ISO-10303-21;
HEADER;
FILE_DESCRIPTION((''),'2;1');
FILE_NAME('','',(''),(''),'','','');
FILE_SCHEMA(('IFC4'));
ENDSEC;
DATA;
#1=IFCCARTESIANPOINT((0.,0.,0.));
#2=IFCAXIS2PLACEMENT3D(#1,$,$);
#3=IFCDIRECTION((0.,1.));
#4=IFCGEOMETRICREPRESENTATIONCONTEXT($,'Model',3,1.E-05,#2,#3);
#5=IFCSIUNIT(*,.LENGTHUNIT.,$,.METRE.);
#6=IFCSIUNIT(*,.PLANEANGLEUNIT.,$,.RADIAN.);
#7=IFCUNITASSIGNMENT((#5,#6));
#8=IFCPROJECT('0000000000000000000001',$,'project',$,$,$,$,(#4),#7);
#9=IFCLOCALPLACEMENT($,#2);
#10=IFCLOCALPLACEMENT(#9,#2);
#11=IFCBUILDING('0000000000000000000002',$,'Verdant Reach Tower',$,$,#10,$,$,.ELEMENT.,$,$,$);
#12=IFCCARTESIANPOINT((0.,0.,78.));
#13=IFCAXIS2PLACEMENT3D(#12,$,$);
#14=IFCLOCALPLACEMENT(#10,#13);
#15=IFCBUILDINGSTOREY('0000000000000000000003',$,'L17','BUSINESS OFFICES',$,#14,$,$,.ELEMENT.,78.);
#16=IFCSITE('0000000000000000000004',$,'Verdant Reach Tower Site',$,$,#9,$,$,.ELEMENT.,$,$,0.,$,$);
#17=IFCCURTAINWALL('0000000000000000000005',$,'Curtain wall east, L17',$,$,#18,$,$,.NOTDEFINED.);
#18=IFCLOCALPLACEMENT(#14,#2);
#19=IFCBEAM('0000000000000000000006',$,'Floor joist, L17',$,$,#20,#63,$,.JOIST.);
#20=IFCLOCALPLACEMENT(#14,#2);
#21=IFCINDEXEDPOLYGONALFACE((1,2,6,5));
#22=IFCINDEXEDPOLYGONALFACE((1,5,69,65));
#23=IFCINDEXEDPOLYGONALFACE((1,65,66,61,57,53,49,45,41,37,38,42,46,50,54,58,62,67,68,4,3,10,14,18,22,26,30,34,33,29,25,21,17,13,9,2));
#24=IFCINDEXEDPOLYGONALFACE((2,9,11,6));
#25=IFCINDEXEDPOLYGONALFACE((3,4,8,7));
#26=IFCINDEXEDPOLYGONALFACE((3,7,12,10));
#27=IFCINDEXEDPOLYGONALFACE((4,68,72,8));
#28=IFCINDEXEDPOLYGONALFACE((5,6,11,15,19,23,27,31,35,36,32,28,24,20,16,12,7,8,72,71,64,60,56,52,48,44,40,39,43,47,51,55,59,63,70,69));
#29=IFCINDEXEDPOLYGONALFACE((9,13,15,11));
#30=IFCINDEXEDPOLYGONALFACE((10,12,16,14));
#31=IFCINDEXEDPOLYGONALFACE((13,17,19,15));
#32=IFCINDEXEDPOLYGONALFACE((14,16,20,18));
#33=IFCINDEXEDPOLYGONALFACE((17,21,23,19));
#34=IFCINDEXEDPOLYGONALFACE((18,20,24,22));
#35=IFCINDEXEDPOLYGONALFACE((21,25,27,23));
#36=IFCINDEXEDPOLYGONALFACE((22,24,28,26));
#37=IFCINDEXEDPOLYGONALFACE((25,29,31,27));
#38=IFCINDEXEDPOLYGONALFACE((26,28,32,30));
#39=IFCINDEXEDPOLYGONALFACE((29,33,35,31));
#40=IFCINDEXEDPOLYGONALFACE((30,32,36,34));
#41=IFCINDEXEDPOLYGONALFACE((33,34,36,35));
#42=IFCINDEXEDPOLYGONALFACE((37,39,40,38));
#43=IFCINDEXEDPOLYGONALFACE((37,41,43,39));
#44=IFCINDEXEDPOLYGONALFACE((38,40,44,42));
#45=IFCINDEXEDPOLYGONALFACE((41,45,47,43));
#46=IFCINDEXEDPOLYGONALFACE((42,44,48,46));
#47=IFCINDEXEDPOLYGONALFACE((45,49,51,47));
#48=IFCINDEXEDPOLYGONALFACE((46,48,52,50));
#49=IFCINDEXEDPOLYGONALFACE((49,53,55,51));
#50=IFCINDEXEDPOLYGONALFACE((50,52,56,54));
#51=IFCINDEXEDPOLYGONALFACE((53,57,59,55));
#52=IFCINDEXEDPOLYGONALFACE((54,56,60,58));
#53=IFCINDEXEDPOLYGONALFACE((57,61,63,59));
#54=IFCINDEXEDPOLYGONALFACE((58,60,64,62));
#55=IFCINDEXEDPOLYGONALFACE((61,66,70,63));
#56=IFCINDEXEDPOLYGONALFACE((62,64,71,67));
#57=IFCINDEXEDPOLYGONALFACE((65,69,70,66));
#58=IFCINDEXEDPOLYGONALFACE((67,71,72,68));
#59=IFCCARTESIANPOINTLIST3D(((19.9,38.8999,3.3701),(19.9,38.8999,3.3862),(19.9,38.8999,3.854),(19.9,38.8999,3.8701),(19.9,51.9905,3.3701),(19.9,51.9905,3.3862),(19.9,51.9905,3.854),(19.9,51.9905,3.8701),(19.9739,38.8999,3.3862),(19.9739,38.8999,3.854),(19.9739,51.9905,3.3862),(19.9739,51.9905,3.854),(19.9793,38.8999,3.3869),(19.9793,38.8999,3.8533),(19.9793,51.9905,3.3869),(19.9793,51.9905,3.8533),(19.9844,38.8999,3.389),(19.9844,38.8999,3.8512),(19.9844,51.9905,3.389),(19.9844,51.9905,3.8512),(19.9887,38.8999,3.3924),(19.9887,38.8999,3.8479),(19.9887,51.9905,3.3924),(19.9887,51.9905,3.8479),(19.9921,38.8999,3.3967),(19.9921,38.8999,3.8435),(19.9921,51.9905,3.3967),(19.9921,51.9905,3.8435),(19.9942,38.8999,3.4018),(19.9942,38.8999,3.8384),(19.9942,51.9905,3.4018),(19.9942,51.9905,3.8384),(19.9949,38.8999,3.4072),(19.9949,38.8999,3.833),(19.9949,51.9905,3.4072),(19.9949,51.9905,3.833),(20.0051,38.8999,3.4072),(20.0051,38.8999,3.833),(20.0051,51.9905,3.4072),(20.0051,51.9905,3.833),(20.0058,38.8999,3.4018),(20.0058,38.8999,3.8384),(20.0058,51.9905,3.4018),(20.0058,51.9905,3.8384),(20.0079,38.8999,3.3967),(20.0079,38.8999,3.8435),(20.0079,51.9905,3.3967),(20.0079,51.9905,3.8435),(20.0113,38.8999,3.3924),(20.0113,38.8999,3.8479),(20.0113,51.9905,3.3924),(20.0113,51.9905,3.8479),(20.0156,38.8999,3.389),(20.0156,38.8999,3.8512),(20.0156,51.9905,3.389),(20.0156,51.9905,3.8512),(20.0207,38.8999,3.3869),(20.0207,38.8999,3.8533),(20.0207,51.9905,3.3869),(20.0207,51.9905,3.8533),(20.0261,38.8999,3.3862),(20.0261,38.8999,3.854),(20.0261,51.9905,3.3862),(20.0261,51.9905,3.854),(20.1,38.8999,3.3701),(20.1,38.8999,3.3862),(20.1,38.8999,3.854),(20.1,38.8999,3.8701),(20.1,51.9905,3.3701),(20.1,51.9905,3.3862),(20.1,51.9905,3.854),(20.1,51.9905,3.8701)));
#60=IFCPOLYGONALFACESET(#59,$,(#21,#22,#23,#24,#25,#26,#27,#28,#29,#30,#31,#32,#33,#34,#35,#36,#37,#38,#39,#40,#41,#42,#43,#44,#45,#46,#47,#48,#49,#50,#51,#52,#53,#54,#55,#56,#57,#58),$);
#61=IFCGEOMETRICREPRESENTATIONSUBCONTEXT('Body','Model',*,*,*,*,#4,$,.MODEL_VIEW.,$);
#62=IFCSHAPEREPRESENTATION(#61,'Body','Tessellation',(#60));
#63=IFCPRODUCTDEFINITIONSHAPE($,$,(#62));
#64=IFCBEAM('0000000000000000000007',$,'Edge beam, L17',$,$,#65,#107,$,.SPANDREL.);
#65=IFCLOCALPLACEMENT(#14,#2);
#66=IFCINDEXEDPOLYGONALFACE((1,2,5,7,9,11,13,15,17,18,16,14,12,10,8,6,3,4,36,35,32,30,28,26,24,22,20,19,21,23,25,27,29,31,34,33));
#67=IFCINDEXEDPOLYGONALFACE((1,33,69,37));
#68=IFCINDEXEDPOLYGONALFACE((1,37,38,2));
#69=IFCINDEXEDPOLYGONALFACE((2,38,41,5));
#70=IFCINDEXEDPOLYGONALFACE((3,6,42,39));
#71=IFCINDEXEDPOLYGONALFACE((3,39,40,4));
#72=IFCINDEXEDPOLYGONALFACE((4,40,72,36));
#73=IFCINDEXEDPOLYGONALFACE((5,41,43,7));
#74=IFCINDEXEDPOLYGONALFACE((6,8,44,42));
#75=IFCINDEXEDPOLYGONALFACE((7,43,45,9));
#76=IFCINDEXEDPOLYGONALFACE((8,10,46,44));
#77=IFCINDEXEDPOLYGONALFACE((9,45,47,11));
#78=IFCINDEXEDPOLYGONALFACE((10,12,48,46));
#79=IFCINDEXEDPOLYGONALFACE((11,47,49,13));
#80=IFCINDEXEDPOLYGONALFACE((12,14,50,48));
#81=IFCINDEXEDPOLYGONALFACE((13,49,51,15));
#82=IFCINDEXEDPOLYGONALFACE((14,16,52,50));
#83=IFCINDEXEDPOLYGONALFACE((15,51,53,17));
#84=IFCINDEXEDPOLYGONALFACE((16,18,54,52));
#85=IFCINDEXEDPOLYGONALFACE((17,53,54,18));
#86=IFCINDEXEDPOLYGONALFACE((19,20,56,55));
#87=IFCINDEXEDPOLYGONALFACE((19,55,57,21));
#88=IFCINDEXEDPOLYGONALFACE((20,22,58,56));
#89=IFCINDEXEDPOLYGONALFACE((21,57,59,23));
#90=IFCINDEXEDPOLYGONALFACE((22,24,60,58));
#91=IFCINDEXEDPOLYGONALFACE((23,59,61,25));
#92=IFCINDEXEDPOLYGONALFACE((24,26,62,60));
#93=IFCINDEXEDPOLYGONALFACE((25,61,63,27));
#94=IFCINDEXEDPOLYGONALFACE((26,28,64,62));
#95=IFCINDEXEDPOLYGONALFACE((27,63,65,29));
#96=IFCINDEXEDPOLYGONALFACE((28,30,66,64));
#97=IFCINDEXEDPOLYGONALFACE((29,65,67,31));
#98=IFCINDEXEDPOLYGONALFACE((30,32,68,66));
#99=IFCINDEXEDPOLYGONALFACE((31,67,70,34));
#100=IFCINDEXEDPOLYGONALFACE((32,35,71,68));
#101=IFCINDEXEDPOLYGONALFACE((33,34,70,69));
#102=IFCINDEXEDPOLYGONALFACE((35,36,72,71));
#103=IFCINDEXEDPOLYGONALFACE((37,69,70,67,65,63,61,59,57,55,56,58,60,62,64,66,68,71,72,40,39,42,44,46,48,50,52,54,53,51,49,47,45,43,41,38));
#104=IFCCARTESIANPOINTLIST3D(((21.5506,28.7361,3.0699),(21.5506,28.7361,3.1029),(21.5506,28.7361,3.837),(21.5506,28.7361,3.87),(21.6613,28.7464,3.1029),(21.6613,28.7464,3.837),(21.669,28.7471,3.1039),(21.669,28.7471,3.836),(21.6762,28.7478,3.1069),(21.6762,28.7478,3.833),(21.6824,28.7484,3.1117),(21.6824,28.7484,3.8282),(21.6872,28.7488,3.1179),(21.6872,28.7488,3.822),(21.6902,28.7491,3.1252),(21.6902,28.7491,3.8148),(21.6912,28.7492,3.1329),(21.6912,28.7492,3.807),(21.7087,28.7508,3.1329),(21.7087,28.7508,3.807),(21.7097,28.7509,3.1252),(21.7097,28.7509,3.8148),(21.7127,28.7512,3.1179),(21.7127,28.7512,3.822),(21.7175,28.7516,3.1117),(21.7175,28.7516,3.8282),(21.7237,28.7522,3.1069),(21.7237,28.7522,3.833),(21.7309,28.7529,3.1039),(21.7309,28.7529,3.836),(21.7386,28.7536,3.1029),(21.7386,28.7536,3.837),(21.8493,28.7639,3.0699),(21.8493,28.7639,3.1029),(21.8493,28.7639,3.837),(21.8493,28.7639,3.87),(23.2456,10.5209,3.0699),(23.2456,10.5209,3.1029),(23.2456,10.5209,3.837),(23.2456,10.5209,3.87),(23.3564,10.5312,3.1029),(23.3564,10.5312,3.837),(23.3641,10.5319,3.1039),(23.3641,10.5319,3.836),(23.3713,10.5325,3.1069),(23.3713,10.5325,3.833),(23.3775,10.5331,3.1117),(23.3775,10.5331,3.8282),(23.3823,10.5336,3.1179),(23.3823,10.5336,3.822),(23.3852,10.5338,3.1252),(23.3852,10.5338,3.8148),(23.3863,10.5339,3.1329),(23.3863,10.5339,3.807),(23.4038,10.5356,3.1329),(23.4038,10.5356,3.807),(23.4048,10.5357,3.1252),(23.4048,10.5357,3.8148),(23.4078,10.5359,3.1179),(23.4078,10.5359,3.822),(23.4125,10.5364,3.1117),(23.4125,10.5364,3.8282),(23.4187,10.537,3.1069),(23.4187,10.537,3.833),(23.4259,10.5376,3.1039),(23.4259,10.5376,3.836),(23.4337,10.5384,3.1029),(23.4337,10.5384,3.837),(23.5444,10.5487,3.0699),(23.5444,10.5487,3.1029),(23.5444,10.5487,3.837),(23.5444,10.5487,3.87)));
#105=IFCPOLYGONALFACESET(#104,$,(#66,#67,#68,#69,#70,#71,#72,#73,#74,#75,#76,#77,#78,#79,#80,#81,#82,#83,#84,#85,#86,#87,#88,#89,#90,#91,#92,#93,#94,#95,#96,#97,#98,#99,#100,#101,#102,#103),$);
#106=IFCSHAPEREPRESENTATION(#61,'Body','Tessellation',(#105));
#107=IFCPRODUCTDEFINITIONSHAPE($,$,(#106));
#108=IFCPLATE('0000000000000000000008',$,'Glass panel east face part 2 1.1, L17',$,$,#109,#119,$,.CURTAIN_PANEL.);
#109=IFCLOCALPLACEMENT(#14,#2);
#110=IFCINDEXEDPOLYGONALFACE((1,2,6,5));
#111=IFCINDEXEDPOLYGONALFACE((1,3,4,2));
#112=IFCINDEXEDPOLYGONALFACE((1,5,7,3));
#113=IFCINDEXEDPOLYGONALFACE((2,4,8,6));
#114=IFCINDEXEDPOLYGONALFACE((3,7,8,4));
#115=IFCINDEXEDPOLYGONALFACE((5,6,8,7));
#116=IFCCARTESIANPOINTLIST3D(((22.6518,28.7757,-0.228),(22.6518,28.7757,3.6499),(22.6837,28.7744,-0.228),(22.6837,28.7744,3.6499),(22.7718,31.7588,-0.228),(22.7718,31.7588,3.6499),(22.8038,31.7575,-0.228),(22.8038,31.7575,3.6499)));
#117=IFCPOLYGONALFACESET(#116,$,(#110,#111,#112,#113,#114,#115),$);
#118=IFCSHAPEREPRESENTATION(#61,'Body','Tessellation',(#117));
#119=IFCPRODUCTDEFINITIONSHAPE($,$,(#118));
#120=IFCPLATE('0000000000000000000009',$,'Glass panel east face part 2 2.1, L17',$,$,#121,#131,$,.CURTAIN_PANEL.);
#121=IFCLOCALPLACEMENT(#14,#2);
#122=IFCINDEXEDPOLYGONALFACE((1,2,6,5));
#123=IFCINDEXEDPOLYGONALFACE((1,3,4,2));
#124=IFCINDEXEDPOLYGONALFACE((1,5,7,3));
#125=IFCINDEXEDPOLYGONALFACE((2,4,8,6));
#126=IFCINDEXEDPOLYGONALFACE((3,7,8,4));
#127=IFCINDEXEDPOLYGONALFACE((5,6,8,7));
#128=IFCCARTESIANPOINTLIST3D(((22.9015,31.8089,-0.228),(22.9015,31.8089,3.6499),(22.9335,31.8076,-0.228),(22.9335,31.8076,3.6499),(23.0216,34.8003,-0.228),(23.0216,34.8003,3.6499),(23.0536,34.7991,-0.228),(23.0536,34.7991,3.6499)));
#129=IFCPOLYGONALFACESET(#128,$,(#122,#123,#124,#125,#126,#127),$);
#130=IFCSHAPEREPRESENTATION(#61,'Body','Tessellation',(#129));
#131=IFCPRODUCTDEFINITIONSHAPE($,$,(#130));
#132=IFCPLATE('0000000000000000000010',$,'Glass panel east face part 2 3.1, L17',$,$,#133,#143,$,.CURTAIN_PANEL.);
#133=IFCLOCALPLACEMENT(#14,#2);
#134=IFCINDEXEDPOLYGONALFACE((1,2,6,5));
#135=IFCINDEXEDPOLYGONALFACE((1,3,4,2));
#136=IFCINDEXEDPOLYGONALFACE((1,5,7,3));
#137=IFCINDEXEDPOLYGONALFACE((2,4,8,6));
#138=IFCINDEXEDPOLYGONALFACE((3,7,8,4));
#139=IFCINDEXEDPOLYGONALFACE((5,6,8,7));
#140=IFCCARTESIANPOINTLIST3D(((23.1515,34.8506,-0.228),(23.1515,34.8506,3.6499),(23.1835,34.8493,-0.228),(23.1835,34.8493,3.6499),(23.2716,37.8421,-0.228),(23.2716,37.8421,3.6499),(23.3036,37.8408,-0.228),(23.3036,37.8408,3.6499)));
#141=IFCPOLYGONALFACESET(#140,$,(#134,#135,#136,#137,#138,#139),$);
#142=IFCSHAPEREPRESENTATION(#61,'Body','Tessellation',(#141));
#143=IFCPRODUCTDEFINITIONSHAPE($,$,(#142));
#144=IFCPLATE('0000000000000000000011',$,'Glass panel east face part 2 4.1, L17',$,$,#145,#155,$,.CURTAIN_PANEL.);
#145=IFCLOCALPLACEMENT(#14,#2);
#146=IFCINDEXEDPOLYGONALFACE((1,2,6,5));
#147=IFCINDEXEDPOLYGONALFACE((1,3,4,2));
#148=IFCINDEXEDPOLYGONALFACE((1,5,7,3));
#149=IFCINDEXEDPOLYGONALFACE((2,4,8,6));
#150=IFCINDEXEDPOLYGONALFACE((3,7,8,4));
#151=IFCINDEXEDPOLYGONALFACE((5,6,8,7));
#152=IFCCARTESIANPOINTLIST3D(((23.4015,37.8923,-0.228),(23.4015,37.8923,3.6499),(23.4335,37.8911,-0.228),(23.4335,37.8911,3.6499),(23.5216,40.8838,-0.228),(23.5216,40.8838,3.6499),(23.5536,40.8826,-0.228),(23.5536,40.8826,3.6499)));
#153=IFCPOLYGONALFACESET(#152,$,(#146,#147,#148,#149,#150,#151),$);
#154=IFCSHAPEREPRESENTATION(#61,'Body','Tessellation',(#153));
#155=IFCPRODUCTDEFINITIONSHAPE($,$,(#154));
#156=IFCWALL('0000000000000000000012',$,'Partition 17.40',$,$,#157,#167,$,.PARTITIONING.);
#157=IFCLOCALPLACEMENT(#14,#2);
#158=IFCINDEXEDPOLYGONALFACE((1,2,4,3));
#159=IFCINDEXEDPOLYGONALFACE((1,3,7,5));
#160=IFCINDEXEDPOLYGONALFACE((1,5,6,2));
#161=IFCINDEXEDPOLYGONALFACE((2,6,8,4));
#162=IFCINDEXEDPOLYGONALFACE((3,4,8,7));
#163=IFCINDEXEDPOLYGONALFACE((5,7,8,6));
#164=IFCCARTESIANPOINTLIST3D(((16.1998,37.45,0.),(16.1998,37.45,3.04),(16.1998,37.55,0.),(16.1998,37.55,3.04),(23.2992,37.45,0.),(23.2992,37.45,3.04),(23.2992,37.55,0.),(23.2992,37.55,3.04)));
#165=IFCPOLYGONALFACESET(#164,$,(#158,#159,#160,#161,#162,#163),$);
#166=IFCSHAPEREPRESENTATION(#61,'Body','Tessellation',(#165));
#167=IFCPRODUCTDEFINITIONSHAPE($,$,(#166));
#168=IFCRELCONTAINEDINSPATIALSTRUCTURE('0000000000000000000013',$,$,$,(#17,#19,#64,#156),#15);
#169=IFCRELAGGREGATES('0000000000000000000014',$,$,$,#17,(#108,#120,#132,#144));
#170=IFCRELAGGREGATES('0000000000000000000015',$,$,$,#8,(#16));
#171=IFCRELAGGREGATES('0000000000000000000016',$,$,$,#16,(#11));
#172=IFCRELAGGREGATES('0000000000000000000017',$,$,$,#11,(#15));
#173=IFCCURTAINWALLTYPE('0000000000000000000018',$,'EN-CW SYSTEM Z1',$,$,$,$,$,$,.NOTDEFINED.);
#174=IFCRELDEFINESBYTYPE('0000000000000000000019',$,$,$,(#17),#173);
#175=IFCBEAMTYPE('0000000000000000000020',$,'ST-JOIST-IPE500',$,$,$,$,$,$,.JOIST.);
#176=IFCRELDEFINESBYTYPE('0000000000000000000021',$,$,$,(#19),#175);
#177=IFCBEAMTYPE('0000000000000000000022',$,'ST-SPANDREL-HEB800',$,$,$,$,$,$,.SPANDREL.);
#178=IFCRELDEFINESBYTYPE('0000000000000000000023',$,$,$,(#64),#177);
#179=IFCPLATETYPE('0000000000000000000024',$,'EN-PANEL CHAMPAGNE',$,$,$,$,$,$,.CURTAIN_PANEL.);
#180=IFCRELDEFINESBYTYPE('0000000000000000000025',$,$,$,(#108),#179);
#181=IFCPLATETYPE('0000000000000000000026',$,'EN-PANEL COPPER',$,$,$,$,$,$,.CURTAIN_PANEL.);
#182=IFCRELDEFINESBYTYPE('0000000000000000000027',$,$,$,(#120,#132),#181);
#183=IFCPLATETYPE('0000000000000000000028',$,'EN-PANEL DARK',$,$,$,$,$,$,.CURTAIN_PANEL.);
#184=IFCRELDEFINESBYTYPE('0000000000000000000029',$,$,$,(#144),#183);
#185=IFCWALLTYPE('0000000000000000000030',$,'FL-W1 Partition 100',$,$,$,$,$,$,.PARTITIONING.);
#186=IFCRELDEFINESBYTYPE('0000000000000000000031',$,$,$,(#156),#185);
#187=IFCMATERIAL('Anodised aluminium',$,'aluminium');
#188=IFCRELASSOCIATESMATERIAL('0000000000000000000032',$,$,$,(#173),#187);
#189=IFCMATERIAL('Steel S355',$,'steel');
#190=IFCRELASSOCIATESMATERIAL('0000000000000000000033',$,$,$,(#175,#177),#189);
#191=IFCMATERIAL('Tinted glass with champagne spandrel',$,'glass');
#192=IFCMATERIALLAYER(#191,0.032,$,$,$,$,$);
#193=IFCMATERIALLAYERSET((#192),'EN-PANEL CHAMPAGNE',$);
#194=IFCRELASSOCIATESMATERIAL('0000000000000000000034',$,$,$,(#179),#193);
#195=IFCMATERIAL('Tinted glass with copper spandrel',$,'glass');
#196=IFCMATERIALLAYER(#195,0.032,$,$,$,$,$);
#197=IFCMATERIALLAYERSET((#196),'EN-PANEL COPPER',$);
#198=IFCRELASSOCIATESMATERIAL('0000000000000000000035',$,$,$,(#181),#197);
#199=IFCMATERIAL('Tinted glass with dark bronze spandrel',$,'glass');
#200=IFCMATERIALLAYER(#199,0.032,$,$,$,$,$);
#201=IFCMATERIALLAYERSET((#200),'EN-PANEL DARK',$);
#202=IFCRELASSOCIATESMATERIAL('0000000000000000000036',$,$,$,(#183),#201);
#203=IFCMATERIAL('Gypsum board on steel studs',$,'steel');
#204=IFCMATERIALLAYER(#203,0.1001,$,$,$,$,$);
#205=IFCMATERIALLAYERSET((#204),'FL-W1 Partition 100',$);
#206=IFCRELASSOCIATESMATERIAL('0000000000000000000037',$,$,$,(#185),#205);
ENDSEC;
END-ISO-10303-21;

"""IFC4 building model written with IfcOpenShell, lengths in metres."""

from ifc_helpers import new_model, si_unit, direction, frame, frame_2d, origin, origin_2d, place, context, subcontext, project, spatial, rectangle, i_section, extrude, material, layer, layer_set, material_profile, profile_set, type_object, element, aggregate, save


model = new_model("IFC4")

# Units and contexts
model_context = context("Model", 3, precision=1e-05, world=origin(), true_north=direction((0.0, 1.0)))
body_context = subcontext(model_context, "Body", "Model", "MODEL_VIEW")
ifc_project = project(units=[si_unit("LENGTHUNIT", "METRE"), si_unit("PLANEANGLEUNIT", "RADIAN")], contexts=[model_context])

# Site, building, storey
site_placement = place(None, origin())
site = spatial("IfcSite", under=ifc_project, at=site_placement, Name="Verdant Reach Tower Site", CompositionType="ELEMENT", RefElevation=0.0)
building_placement = place(site_placement, origin())
building = spatial("IfcBuilding", under=site, at=building_placement, Name="Verdant Reach Tower", CompositionType="ELEMENT")
storey_placement = place(building_placement, frame((0.0, 0.0, 78.0)))
storey = spatial("IfcBuildingStorey", under=building, at=storey_placement, Name="L17", Description="BUSINESS OFFICES", CompositionType="ELEMENT", Elevation=78.0)

# Curtain wall
ifc_material_1 = material(Name="Anodised aluminium", Category="aluminium")
curtain_wall_type = type_object("IfcCurtainWallType", Name="EN-CW SYSTEM Z1", PredefinedType="NOTDEFINED", material=ifc_material_1)
curtain_wall_placement = place(storey_placement, origin())
curtain_wall = element("IfcCurtainWall", 1, at=curtain_wall_placement, inside=storey, type_object=curtain_wall_type, Name="Curtain wall east, L17", PredefinedType="NOTDEFINED")

# Beams
ifc_material_2 = material(Name="Steel S355", Category="steel")
ifc_material_profile_1 = material_profile(ifc_material_2, i_section(OverallWidth=0.2, OverallDepth=0.5, WebThickness=0.0103, FlangeThickness=0.0161, FilletRadius=0.021, at=origin_2d()), Name="IPE 500")
ifc_profile_set_1 = profile_set([ifc_material_profile_1], Name="Steel S355")
beam_type_1 = type_object("IfcBeamType", Name="ST-JOIST-IPE500", PredefinedType="JOIST", material=ifc_profile_set_1)
beam_1_placement = place(storey_placement, frame((20.0, 38.8999, 3.6201), z_axis=(0.0, 1.0, 0.0), x_axis=(-1.0, 0.0, 0.0)))
element("IfcBeam", 2, at=beam_1_placement, inside=storey, type_object=beam_type_1, Name="Floor joist, L17", PredefinedType="JOIST", context=body_context, shape_type="SweptSolid", body=[
    extrude(i_section(OverallWidth=0.2, OverallDepth=0.5, WebThickness=0.0103, FlangeThickness=0.0161, FilletRadius=0.021, at=origin_2d()), origin(), (0.0, 0.0, 1.0), 13.0906),
])
ifc_material_profile_2 = material_profile(ifc_material_2, i_section(OverallWidth=0.3, OverallDepth=0.8, WebThickness=0.0176, FlangeThickness=0.033, FilletRadius=0.03, at=origin_2d()), Name="HEB 800")
ifc_profile_set_2 = profile_set([ifc_material_profile_2], Name="Steel S355")
beam_type_2 = type_object("IfcBeamType", Name="ST-SPANDREL-HEB800", PredefinedType="SPANDREL", material=ifc_profile_set_2)
beam_2_placement = place(storey_placement, frame((21.7, 28.75, 3.47), z_axis=(0.092657, -0.995698, 0.0), x_axis=(0.995698, 0.092657, 0.0)))
element("IfcBeam", 3, at=beam_2_placement, inside=storey, type_object=beam_type_2, Name="Edge beam, L17", PredefinedType="SPANDREL", context=body_context, shape_type="SweptSolid", body=[
    extrude(i_section(OverallWidth=0.3, OverallDepth=0.8, WebThickness=0.0176, FlangeThickness=0.033, FilletRadius=0.03, at=origin_2d()), origin(), (0.0, 0.0, 1.0), 18.2939),
])

# Plates
ifc_material_3 = material(Name="Tinted glass with champagne spandrel", Category="glass")
ifc_layer_1 = layer(ifc_material_3, 0.032)
ifc_layer_set_1 = layer_set([ifc_layer_1], Name="EN-PANEL CHAMPAGNE")
plate_type_1 = type_object("IfcPlateType", Name="EN-PANEL CHAMPAGNE", PredefinedType="CURTAIN_PANEL", material=ifc_layer_set_1)
plate_1_placement = place(storey_placement, frame((22.7278, 30.2666, -0.228), z_axis=(0.0, 0.0, 1.0), x_axis=(0.040222, 0.999191, 0.0)))
plate_1 = element("IfcPlate", 4, at=plate_1_placement, type_object=plate_type_1, Name="Glass panel east face part 2 1.1, L17", PredefinedType="CURTAIN_PANEL", context=body_context, shape_type="SweptSolid", body=[
    extrude(rectangle(XDim=2.9856, YDim=0.032, at=origin_2d()), origin(), (0.0, 0.0, 1.0), 3.8779),
])
ifc_material_4 = material(Name="Tinted glass with copper spandrel", Category="glass")
ifc_layer_2 = layer(ifc_material_4, 0.032)
ifc_layer_set_2 = layer_set([ifc_layer_2], Name="EN-PANEL COPPER")
plate_type_2 = type_object("IfcPlateType", Name="EN-PANEL COPPER", PredefinedType="CURTAIN_PANEL", material=ifc_layer_set_2)
plate_2_placement = place(storey_placement, frame((22.9775, 33.304, -0.228), z_axis=(0.0, 0.0, 1.0), x_axis=(0.040109, 0.999195, 0.0)))
plate_2 = element("IfcPlate", 5, at=plate_2_placement, type_object=plate_type_2, Name="Glass panel east face part 2 2.1, L17", PredefinedType="CURTAIN_PANEL", context=body_context, shape_type="SweptSolid", body=[
    extrude(rectangle(XDim=2.9939, YDim=0.032, at=origin_2d()), origin(), (0.0, 0.0, 1.0), 3.8779),
])
plate_3_placement = place(storey_placement, frame((23.2275, 36.3457, -0.228), z_axis=(0.0, 0.0, 1.0), x_axis=(0.040109, 0.999195, 0.0)))
plate_3 = element("IfcPlate", 6, at=plate_3_placement, type_object=plate_type_2, Name="Glass panel east face part 2 3.1, L17", PredefinedType="CURTAIN_PANEL", context=body_context, shape_type="SweptSolid", body=[
    extrude(rectangle(XDim=2.9939, YDim=0.032, at=origin_2d()), origin(), (0.0, 0.0, 1.0), 3.8779),
])
ifc_material_5 = material(Name="Tinted glass with dark bronze spandrel", Category="glass")
ifc_layer_3 = layer(ifc_material_5, 0.032)
ifc_layer_set_3 = layer_set([ifc_layer_3], Name="EN-PANEL DARK")
plate_type_3 = type_object("IfcPlateType", Name="EN-PANEL DARK", PredefinedType="CURTAIN_PANEL", material=ifc_layer_set_3)
plate_4_placement = place(storey_placement, frame((23.4775, 39.3875, -0.228), z_axis=(0.0, 0.0, 1.0), x_axis=(0.040109, 0.999195, 0.0)))
plate_4 = element("IfcPlate", 7, at=plate_4_placement, type_object=plate_type_3, Name="Glass panel east face part 2 4.1, L17", PredefinedType="CURTAIN_PANEL", context=body_context, shape_type="SweptSolid", body=[
    extrude(rectangle(XDim=2.9939, YDim=0.032, at=origin_2d()), origin(), (0.0, 0.0, 1.0), 3.8779),
])
aggregate(curtain_wall, [plate_1, plate_2, plate_3, plate_4])

# Wall
ifc_material_6 = material(Name="Gypsum board on steel studs", Category="steel")
ifc_layer_4 = layer(ifc_material_6, 0.1001)
ifc_layer_set_4 = layer_set([ifc_layer_4], Name="FL-W1 Partition 100")
wall_type_1 = type_object("IfcWallType", Name="FL-W1 Partition 100", PredefinedType="PARTITIONING", material=ifc_layer_set_4)
wall_1_placement = place(storey_placement, frame((23.2993, 37.5, 0.0), z_axis=(0.0, 0.0, 1.0), x_axis=(-1.0, 0.0, 0.0)))
element("IfcWall", 8, at=wall_1_placement, inside=storey, type_object=wall_type_1, Name="Partition 17.40", PredefinedType="PARTITIONING", context=body_context, shape_type="SweptSolid", body=[
    extrude(rectangle(XDim=7.0994, YDim=0.1001, at=frame_2d((3.5498, 0.0))), origin(), (0.0, 0.0, 1.0), 3.04),
])

save(model, "model.ifc")
